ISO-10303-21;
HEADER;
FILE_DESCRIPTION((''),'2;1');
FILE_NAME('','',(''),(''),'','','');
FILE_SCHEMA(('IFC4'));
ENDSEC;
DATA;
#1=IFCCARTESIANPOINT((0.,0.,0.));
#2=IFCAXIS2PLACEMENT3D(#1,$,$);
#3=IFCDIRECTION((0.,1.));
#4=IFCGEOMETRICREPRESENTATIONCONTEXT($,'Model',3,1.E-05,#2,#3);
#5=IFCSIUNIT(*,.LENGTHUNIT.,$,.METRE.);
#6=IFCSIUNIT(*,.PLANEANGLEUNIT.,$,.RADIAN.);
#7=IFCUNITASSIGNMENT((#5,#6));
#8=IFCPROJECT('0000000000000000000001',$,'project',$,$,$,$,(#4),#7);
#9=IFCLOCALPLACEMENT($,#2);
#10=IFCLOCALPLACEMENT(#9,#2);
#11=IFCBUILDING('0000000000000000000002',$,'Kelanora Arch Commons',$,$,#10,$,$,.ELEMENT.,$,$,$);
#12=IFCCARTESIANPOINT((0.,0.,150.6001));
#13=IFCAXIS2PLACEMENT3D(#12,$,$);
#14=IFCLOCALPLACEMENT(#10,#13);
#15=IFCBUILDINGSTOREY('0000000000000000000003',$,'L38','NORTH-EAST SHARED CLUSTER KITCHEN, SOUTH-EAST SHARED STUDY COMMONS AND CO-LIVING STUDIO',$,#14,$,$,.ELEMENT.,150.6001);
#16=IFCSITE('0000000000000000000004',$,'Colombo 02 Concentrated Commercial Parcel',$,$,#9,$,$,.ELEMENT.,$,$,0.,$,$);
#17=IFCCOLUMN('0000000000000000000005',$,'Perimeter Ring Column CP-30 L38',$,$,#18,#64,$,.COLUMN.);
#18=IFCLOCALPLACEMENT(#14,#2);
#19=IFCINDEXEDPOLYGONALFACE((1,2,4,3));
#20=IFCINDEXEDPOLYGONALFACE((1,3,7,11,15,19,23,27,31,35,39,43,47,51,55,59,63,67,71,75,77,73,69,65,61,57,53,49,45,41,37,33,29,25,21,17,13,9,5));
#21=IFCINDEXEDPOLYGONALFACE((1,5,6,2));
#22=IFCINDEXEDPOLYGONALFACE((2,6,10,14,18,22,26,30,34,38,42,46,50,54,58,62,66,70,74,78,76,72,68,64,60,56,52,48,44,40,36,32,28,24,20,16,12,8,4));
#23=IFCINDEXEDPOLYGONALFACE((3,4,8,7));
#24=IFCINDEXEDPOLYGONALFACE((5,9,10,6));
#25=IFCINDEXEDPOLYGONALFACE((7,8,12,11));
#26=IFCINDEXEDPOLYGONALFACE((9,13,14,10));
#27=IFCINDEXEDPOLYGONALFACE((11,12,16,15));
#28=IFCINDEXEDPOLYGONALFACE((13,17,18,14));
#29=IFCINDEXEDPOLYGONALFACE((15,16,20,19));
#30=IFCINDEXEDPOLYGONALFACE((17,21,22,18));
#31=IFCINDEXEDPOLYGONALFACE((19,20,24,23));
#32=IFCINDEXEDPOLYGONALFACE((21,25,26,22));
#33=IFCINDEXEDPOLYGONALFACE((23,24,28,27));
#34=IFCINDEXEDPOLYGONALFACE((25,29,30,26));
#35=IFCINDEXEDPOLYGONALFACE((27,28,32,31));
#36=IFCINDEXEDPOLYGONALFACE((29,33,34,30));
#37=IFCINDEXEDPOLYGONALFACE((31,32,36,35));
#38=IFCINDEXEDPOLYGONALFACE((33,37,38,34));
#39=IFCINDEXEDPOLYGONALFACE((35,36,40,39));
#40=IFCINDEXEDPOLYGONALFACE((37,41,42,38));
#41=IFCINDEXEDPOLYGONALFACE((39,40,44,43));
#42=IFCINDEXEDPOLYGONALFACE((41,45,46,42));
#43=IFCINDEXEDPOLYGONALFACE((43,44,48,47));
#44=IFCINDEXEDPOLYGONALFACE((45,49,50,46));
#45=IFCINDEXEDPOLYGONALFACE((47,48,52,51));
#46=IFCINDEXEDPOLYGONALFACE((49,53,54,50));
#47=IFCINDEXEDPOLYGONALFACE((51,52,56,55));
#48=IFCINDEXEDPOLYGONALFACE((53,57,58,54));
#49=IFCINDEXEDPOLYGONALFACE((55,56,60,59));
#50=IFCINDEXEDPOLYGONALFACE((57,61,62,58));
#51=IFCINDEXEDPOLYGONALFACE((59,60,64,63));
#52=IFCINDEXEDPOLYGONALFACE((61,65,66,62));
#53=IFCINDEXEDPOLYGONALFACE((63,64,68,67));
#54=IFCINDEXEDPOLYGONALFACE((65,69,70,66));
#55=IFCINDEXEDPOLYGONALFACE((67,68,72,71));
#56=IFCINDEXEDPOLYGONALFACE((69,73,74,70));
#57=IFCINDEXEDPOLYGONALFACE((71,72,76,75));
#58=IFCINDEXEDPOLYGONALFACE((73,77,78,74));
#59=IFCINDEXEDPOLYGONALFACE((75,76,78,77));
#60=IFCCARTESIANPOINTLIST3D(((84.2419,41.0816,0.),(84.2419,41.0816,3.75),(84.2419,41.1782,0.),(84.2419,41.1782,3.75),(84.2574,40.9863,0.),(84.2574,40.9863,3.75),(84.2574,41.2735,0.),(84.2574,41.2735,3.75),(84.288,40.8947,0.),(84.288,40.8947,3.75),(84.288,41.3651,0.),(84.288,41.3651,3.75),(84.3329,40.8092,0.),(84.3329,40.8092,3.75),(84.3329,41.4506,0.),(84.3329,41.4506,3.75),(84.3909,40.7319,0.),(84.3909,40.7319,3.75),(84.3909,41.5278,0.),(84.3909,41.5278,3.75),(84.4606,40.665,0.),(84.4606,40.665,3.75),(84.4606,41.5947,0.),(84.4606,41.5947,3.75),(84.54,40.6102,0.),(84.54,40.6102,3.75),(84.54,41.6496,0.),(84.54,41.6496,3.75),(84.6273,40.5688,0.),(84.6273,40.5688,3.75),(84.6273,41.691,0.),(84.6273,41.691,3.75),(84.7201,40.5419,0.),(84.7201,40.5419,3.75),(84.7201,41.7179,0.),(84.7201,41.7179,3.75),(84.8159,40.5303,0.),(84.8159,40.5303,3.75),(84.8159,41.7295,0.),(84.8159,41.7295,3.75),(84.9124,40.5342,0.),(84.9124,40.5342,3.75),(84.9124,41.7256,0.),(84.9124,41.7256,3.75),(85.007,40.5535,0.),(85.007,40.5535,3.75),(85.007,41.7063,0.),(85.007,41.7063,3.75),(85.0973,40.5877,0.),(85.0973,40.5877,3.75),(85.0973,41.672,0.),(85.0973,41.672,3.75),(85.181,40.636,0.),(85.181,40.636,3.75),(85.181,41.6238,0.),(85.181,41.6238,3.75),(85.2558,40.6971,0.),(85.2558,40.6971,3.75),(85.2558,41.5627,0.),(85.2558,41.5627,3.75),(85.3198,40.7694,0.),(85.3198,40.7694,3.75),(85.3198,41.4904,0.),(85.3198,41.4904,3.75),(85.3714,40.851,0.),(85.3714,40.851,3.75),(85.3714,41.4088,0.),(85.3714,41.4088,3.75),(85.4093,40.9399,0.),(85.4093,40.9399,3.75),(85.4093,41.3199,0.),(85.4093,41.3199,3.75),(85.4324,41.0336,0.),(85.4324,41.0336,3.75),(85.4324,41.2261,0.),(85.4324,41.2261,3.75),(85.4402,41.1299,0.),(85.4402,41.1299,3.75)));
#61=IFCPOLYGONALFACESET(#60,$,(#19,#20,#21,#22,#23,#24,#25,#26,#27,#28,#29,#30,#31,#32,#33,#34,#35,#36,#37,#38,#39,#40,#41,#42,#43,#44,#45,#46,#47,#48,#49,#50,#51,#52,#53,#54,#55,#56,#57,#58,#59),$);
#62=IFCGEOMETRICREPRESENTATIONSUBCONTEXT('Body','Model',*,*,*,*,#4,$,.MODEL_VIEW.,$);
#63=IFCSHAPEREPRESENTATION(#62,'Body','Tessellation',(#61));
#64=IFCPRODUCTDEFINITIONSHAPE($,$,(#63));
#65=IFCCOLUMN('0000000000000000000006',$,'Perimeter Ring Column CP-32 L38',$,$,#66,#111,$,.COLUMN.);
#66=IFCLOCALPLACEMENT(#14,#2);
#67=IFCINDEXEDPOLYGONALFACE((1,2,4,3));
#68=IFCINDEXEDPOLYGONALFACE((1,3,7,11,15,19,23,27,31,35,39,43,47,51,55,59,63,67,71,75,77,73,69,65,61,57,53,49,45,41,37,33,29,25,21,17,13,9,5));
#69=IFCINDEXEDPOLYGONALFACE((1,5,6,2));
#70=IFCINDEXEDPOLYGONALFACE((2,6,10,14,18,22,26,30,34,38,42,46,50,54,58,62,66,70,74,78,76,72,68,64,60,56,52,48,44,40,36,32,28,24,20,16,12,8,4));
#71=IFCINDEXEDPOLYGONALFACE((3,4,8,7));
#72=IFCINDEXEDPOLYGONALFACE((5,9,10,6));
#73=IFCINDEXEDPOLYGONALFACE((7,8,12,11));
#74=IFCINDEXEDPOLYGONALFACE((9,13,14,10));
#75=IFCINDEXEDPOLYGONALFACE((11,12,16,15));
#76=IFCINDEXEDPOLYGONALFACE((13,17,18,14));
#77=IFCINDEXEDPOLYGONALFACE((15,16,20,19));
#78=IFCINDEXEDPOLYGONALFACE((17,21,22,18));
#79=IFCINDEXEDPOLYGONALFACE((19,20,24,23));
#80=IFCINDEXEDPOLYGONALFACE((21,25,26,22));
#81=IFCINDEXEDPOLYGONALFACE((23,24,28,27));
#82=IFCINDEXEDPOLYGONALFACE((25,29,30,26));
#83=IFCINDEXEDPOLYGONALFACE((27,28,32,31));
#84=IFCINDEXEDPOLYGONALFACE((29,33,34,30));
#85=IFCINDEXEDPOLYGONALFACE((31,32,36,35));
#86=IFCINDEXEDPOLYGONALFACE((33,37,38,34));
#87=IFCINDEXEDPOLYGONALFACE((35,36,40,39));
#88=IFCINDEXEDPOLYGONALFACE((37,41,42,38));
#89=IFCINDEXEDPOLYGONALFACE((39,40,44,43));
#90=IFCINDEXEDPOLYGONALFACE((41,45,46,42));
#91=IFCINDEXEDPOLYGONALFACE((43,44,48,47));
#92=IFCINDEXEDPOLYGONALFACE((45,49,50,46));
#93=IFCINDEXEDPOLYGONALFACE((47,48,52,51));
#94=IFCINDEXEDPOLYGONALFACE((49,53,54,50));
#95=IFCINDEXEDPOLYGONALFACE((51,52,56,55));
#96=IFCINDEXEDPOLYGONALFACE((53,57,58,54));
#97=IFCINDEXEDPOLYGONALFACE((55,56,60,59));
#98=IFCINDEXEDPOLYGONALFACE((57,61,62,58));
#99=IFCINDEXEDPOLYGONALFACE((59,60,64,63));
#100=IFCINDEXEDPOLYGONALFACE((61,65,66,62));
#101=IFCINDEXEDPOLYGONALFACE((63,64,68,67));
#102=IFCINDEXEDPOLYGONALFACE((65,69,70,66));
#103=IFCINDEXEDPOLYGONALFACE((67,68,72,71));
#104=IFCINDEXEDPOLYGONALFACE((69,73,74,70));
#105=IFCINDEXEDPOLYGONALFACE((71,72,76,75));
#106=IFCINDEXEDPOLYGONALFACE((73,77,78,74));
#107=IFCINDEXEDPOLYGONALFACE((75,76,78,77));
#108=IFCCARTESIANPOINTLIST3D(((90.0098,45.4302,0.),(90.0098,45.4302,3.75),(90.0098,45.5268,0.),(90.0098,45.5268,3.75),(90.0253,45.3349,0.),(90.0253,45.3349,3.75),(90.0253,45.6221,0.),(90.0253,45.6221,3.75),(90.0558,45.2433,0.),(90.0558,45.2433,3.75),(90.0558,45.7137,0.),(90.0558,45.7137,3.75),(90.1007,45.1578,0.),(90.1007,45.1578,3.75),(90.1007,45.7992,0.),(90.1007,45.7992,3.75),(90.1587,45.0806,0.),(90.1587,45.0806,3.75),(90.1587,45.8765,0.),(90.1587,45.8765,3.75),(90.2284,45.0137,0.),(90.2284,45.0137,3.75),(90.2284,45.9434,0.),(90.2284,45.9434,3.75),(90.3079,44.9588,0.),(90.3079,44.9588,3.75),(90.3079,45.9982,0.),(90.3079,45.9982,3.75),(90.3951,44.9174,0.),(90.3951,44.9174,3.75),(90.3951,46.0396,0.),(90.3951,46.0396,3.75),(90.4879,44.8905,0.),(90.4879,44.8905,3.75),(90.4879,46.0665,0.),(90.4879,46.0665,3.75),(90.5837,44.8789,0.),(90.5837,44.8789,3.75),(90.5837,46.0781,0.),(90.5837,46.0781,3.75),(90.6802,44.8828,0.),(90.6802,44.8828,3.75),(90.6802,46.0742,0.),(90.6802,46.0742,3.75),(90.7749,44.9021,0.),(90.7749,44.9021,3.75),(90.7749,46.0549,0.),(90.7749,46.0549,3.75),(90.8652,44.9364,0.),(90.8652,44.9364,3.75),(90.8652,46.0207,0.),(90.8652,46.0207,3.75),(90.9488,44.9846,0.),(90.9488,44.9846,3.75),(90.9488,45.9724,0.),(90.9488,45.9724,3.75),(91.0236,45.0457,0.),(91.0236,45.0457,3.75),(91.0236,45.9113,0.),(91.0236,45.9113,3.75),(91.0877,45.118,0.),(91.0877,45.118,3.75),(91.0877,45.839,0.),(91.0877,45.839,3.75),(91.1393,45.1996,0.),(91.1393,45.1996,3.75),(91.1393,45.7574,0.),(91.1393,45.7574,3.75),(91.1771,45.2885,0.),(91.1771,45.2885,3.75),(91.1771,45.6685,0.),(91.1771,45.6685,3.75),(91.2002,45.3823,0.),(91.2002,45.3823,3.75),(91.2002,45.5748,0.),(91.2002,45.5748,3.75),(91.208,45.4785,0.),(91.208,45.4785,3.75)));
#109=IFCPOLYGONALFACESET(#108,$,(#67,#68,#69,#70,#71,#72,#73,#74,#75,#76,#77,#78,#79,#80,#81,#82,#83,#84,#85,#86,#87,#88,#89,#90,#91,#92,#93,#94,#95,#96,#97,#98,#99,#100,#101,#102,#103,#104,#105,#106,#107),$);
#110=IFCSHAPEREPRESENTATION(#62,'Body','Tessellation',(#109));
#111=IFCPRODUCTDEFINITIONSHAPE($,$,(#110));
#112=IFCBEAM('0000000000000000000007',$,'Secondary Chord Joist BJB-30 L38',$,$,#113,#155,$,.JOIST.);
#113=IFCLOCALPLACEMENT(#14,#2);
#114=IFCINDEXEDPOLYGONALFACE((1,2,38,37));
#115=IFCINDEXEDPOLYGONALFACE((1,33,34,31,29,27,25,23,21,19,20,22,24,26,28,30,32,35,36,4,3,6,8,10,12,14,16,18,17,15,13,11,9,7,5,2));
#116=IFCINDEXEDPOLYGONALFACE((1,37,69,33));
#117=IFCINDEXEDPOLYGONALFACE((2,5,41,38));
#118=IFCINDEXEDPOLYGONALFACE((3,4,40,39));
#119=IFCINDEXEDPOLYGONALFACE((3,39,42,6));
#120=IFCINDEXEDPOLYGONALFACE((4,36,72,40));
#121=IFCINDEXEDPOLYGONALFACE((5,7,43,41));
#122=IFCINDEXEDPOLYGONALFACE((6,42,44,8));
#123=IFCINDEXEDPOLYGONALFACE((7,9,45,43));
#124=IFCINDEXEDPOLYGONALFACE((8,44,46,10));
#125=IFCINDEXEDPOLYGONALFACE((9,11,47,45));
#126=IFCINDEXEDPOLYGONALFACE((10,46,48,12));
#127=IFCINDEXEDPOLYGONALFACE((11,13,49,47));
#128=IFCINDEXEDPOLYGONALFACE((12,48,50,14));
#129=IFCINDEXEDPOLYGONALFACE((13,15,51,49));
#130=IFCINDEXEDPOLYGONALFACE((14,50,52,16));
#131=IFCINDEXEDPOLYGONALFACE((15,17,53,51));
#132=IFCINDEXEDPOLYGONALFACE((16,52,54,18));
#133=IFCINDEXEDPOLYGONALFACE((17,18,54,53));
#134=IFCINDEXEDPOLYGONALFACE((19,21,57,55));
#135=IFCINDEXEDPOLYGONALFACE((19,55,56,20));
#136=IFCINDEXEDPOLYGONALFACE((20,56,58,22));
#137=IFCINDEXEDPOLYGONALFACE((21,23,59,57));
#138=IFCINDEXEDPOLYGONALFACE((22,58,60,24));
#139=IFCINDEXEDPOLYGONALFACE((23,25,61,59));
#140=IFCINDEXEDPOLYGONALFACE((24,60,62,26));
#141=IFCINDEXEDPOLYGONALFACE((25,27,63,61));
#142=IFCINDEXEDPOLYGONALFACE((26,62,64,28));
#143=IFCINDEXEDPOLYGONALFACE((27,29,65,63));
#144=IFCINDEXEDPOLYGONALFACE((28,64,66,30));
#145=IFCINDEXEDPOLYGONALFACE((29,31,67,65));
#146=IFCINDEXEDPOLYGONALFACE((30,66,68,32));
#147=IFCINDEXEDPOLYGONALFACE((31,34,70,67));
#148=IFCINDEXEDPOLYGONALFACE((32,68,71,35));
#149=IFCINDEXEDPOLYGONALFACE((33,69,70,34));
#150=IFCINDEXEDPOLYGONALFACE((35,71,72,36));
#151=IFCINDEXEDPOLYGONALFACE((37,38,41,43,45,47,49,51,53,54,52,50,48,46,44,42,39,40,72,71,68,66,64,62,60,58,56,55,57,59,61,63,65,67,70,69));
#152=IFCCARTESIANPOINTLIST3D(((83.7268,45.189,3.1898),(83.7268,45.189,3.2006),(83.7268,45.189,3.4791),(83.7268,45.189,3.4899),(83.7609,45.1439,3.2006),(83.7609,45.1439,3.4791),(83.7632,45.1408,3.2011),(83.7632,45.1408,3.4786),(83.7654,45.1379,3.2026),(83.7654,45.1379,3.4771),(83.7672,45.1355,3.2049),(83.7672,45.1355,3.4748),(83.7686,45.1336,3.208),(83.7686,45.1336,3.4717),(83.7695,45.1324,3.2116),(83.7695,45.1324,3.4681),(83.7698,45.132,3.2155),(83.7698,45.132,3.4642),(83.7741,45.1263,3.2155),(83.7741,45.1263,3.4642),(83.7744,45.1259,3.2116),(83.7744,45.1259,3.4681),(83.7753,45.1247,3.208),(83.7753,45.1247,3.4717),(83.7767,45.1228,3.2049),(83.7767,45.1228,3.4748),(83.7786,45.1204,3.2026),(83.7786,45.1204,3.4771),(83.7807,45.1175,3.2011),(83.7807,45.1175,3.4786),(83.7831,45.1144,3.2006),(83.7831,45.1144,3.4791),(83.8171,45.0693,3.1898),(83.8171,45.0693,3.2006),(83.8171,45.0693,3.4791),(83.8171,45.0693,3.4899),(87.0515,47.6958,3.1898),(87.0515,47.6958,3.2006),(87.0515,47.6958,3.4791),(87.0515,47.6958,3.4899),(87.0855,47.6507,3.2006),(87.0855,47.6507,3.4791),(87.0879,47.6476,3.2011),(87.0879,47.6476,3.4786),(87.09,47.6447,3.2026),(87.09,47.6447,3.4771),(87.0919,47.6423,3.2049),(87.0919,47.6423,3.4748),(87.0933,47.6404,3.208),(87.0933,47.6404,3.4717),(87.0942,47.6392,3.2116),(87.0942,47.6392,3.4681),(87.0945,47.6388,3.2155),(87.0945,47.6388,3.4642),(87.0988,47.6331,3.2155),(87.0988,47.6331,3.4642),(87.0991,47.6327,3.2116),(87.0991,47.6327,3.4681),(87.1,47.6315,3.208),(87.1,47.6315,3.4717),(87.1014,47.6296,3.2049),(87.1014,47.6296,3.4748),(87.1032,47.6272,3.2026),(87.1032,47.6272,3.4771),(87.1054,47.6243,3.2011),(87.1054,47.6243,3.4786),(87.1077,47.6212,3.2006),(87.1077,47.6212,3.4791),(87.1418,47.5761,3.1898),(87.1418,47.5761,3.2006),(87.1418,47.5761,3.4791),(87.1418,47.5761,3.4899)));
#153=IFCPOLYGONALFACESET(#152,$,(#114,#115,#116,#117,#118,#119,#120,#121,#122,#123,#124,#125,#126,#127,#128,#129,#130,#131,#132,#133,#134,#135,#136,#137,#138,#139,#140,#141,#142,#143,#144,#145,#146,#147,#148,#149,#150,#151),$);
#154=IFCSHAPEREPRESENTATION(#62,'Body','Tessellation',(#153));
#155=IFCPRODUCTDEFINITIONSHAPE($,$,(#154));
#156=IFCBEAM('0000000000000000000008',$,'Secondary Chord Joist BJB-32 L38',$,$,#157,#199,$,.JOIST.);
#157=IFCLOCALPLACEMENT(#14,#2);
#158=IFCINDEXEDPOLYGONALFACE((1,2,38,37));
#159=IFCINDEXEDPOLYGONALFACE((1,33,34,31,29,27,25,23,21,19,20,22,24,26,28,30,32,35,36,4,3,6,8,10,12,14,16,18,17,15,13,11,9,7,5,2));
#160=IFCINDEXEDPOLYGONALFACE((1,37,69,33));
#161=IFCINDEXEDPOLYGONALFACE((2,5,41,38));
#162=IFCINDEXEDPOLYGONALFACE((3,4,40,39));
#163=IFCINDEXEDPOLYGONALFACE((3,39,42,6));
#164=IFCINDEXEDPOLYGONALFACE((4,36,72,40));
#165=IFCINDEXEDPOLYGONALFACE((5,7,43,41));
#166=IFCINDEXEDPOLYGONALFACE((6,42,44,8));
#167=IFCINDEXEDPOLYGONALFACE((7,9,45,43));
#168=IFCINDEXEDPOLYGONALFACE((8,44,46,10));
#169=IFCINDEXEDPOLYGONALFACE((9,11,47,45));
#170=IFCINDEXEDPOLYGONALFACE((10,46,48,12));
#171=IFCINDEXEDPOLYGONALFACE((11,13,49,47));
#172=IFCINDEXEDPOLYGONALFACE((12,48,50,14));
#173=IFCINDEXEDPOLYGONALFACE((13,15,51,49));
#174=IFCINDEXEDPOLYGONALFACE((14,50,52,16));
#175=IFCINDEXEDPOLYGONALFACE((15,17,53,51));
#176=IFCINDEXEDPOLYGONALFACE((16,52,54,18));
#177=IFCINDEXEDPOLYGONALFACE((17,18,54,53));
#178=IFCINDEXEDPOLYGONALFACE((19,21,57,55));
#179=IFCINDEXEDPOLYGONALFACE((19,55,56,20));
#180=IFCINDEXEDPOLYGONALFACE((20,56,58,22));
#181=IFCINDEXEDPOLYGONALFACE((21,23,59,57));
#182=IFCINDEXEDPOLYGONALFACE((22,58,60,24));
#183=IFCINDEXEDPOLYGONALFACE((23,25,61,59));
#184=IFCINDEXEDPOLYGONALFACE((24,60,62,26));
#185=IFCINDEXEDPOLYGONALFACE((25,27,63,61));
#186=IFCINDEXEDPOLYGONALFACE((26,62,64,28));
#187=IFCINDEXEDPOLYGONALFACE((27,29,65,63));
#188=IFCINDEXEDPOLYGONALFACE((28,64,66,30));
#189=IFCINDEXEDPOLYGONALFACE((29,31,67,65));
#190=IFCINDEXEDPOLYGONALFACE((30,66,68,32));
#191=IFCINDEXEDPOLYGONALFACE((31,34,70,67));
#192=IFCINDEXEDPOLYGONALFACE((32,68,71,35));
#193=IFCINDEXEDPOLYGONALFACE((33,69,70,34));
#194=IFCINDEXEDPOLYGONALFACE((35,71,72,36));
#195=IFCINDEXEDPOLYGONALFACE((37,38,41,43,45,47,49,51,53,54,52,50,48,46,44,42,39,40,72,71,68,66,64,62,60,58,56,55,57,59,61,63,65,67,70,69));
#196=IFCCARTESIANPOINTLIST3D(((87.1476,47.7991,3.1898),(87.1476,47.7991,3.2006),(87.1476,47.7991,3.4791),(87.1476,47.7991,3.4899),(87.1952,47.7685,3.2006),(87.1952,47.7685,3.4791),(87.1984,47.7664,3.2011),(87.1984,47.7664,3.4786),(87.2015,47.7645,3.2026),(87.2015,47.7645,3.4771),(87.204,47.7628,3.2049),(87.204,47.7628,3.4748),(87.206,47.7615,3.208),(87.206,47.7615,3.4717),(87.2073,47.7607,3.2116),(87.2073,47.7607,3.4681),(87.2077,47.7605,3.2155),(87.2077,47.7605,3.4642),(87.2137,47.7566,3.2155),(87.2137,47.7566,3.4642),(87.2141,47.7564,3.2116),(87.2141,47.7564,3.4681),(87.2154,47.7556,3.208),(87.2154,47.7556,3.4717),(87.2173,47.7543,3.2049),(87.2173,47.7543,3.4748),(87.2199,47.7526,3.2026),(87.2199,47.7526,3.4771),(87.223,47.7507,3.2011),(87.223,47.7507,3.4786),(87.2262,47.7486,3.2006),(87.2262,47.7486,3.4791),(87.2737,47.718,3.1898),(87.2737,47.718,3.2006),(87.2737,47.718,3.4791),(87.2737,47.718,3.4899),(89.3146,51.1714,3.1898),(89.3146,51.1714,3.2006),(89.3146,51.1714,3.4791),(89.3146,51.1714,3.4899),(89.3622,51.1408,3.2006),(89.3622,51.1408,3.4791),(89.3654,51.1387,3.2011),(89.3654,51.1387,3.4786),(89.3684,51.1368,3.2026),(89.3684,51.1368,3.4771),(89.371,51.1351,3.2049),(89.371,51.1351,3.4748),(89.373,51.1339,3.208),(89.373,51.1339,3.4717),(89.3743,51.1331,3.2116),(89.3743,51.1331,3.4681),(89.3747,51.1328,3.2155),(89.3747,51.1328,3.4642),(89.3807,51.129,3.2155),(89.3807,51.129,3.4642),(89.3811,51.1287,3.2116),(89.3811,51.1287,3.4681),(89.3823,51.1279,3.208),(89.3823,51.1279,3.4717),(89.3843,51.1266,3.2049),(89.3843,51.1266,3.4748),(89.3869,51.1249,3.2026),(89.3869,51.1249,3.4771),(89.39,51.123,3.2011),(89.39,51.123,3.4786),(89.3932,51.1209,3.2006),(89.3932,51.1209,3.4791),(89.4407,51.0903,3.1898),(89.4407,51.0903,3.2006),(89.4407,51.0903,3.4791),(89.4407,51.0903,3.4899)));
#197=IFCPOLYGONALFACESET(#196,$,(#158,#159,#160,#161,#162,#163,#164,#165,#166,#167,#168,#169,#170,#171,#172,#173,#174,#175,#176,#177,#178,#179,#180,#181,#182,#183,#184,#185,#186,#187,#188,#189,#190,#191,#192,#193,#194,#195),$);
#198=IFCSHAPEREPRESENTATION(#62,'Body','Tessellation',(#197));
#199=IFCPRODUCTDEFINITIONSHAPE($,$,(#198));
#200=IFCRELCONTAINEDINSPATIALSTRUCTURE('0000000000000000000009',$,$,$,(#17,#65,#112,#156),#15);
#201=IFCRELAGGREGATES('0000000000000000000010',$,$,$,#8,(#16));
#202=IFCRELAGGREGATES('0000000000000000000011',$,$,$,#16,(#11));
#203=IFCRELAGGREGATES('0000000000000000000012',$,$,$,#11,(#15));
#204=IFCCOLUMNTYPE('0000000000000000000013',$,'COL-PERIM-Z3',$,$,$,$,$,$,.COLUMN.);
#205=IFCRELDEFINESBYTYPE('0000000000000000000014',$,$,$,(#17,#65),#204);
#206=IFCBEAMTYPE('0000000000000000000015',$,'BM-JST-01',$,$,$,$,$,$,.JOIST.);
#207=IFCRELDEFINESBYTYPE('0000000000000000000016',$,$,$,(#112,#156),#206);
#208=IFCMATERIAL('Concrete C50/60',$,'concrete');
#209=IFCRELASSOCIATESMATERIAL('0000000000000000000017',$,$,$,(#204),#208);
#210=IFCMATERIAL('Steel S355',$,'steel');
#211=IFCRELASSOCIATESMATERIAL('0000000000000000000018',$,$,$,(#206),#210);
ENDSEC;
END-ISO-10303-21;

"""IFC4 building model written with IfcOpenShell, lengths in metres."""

from ifc_helpers import new_model, si_unit, direction, frame, origin, origin_2d, place, context, subcontext, project, spatial, circle, i_section, extrude, material, material_profile, profile_set, type_object, element, save


model = new_model("IFC4")

# Units and contexts
model_context = context("Model", 3, precision=1e-05, world=origin(), true_north=direction((0.0, 1.0)))
body_context = subcontext(model_context, "Body", "Model", "MODEL_VIEW")
ifc_project = project(units=[si_unit("LENGTHUNIT", "METRE"), si_unit("PLANEANGLEUNIT", "RADIAN")], contexts=[model_context])

# Site, building, storey
site_placement = place(None, origin())
site = spatial("IfcSite", under=ifc_project, at=site_placement, Name="Colombo 02 Concentrated Commercial Parcel", CompositionType="ELEMENT", RefElevation=0.0)
building_placement = place(site_placement, origin())
building = spatial("IfcBuilding", under=site, at=building_placement, Name="Kelanora Arch Commons", CompositionType="ELEMENT")
storey_placement = place(building_placement, frame((0.0, 0.0, 150.6001)))
storey = spatial("IfcBuildingStorey", under=building, at=storey_placement, Name="L38", Description="NORTH-EAST SHARED CLUSTER KITCHEN, SOUTH-EAST SHARED STUDY COMMONS AND CO-LIVING STUDIO", CompositionType="ELEMENT", Elevation=150.6001)

# Columns
ifc_material_1 = material(Name="Concrete C50/60", Category="concrete")
ifc_material_profile_1 = material_profile(ifc_material_1, circle(Radius=0.6001, at=origin_2d()), Name="RCC1200")
ifc_profile_set_1 = profile_set([ifc_material_profile_1], Name="Concrete C50/60")
column_type = type_object("IfcColumnType", Name="COL-PERIM-Z3", PredefinedType="COLUMN", material=ifc_profile_set_1)
for number, where, z_axis, x_axis, name in (
    (1, (84.8401, 41.1299, 0.0), (0.0, 0.0, 1.0), (1.0, 0.0, 0.0), "Perimeter Ring Column CP-30 L38"),
    (2, (90.6079, 45.4785, 0.0), (0.0, 0.0, 1.0), (1.0, 0.0, 0.0), "Perimeter Ring Column CP-32 L38"),
):
    element("IfcColumn", number, at=place(storey_placement, frame(where, z_axis=z_axis, x_axis=x_axis)), inside=storey, type_object=column_type, Name=name, PredefinedType="COLUMN", context=body_context, shape_type="SweptSolid", body=[
        extrude(circle(Radius=0.6001, at=origin_2d()), origin(), (0.0, 0.0, 1.0), 3.75),
    ])

# Beams
ifc_material_2 = material(Name="Steel S355", Category="steel")
ifc_material_profile_2 = material_profile(ifc_material_2, i_section(OverallWidth=0.1499, OverallDepth=0.3, WebThickness=0.0071, FlangeThickness=0.0107, FilletRadius=0.0149, at=origin_2d()), Name="IPE300")
ifc_profile_set_2 = profile_set([ifc_material_profile_2], Name="Steel S355")
beam_type_1 = type_object("IfcBeamType", Name="BM-JST-01", PredefinedType="JOIST", material=ifc_profile_set_2)
beam_1_placement = place(storey_placement, frame((83.772, 45.1292, 3.3398), z_axis=(0.798464, 0.602043, 0.0), x_axis=(-0.602043, 0.798464, 0.0)))
element("IfcBeam", 3, at=beam_1_placement, inside=storey, type_object=beam_type_1, Name="Secondary Chord Joist BJB-30 L38", PredefinedType="JOIST", context=body_context, shape_type="SweptSolid", body=[
    extrude(i_section(OverallWidth=0.1499, OverallDepth=0.3, WebThickness=0.0071, FlangeThickness=0.0107, FilletRadius=0.0149, at=origin_2d()), origin(), (0.0, 0.0, 1.0), 4.1638),
])
beam_2_placement = place(storey_placement, frame((87.2107, 47.7585, 3.3398), z_axis=(0.540594, 0.841283, 0.0), x_axis=(-0.841283, 0.540594, 0.0)))
element("IfcBeam", 4, at=beam_2_placement, inside=storey, type_object=beam_type_1, Name="Secondary Chord Joist BJB-32 L38", PredefinedType="JOIST", context=body_context, shape_type="SweptSolid", body=[
    extrude(i_section(OverallWidth=0.1499, OverallDepth=0.3, WebThickness=0.0071, FlangeThickness=0.0107, FilletRadius=0.0149, at=origin_2d()), origin(), (0.0, 0.0, 1.0), 4.0085),
])

save(model, "model.ifc")
